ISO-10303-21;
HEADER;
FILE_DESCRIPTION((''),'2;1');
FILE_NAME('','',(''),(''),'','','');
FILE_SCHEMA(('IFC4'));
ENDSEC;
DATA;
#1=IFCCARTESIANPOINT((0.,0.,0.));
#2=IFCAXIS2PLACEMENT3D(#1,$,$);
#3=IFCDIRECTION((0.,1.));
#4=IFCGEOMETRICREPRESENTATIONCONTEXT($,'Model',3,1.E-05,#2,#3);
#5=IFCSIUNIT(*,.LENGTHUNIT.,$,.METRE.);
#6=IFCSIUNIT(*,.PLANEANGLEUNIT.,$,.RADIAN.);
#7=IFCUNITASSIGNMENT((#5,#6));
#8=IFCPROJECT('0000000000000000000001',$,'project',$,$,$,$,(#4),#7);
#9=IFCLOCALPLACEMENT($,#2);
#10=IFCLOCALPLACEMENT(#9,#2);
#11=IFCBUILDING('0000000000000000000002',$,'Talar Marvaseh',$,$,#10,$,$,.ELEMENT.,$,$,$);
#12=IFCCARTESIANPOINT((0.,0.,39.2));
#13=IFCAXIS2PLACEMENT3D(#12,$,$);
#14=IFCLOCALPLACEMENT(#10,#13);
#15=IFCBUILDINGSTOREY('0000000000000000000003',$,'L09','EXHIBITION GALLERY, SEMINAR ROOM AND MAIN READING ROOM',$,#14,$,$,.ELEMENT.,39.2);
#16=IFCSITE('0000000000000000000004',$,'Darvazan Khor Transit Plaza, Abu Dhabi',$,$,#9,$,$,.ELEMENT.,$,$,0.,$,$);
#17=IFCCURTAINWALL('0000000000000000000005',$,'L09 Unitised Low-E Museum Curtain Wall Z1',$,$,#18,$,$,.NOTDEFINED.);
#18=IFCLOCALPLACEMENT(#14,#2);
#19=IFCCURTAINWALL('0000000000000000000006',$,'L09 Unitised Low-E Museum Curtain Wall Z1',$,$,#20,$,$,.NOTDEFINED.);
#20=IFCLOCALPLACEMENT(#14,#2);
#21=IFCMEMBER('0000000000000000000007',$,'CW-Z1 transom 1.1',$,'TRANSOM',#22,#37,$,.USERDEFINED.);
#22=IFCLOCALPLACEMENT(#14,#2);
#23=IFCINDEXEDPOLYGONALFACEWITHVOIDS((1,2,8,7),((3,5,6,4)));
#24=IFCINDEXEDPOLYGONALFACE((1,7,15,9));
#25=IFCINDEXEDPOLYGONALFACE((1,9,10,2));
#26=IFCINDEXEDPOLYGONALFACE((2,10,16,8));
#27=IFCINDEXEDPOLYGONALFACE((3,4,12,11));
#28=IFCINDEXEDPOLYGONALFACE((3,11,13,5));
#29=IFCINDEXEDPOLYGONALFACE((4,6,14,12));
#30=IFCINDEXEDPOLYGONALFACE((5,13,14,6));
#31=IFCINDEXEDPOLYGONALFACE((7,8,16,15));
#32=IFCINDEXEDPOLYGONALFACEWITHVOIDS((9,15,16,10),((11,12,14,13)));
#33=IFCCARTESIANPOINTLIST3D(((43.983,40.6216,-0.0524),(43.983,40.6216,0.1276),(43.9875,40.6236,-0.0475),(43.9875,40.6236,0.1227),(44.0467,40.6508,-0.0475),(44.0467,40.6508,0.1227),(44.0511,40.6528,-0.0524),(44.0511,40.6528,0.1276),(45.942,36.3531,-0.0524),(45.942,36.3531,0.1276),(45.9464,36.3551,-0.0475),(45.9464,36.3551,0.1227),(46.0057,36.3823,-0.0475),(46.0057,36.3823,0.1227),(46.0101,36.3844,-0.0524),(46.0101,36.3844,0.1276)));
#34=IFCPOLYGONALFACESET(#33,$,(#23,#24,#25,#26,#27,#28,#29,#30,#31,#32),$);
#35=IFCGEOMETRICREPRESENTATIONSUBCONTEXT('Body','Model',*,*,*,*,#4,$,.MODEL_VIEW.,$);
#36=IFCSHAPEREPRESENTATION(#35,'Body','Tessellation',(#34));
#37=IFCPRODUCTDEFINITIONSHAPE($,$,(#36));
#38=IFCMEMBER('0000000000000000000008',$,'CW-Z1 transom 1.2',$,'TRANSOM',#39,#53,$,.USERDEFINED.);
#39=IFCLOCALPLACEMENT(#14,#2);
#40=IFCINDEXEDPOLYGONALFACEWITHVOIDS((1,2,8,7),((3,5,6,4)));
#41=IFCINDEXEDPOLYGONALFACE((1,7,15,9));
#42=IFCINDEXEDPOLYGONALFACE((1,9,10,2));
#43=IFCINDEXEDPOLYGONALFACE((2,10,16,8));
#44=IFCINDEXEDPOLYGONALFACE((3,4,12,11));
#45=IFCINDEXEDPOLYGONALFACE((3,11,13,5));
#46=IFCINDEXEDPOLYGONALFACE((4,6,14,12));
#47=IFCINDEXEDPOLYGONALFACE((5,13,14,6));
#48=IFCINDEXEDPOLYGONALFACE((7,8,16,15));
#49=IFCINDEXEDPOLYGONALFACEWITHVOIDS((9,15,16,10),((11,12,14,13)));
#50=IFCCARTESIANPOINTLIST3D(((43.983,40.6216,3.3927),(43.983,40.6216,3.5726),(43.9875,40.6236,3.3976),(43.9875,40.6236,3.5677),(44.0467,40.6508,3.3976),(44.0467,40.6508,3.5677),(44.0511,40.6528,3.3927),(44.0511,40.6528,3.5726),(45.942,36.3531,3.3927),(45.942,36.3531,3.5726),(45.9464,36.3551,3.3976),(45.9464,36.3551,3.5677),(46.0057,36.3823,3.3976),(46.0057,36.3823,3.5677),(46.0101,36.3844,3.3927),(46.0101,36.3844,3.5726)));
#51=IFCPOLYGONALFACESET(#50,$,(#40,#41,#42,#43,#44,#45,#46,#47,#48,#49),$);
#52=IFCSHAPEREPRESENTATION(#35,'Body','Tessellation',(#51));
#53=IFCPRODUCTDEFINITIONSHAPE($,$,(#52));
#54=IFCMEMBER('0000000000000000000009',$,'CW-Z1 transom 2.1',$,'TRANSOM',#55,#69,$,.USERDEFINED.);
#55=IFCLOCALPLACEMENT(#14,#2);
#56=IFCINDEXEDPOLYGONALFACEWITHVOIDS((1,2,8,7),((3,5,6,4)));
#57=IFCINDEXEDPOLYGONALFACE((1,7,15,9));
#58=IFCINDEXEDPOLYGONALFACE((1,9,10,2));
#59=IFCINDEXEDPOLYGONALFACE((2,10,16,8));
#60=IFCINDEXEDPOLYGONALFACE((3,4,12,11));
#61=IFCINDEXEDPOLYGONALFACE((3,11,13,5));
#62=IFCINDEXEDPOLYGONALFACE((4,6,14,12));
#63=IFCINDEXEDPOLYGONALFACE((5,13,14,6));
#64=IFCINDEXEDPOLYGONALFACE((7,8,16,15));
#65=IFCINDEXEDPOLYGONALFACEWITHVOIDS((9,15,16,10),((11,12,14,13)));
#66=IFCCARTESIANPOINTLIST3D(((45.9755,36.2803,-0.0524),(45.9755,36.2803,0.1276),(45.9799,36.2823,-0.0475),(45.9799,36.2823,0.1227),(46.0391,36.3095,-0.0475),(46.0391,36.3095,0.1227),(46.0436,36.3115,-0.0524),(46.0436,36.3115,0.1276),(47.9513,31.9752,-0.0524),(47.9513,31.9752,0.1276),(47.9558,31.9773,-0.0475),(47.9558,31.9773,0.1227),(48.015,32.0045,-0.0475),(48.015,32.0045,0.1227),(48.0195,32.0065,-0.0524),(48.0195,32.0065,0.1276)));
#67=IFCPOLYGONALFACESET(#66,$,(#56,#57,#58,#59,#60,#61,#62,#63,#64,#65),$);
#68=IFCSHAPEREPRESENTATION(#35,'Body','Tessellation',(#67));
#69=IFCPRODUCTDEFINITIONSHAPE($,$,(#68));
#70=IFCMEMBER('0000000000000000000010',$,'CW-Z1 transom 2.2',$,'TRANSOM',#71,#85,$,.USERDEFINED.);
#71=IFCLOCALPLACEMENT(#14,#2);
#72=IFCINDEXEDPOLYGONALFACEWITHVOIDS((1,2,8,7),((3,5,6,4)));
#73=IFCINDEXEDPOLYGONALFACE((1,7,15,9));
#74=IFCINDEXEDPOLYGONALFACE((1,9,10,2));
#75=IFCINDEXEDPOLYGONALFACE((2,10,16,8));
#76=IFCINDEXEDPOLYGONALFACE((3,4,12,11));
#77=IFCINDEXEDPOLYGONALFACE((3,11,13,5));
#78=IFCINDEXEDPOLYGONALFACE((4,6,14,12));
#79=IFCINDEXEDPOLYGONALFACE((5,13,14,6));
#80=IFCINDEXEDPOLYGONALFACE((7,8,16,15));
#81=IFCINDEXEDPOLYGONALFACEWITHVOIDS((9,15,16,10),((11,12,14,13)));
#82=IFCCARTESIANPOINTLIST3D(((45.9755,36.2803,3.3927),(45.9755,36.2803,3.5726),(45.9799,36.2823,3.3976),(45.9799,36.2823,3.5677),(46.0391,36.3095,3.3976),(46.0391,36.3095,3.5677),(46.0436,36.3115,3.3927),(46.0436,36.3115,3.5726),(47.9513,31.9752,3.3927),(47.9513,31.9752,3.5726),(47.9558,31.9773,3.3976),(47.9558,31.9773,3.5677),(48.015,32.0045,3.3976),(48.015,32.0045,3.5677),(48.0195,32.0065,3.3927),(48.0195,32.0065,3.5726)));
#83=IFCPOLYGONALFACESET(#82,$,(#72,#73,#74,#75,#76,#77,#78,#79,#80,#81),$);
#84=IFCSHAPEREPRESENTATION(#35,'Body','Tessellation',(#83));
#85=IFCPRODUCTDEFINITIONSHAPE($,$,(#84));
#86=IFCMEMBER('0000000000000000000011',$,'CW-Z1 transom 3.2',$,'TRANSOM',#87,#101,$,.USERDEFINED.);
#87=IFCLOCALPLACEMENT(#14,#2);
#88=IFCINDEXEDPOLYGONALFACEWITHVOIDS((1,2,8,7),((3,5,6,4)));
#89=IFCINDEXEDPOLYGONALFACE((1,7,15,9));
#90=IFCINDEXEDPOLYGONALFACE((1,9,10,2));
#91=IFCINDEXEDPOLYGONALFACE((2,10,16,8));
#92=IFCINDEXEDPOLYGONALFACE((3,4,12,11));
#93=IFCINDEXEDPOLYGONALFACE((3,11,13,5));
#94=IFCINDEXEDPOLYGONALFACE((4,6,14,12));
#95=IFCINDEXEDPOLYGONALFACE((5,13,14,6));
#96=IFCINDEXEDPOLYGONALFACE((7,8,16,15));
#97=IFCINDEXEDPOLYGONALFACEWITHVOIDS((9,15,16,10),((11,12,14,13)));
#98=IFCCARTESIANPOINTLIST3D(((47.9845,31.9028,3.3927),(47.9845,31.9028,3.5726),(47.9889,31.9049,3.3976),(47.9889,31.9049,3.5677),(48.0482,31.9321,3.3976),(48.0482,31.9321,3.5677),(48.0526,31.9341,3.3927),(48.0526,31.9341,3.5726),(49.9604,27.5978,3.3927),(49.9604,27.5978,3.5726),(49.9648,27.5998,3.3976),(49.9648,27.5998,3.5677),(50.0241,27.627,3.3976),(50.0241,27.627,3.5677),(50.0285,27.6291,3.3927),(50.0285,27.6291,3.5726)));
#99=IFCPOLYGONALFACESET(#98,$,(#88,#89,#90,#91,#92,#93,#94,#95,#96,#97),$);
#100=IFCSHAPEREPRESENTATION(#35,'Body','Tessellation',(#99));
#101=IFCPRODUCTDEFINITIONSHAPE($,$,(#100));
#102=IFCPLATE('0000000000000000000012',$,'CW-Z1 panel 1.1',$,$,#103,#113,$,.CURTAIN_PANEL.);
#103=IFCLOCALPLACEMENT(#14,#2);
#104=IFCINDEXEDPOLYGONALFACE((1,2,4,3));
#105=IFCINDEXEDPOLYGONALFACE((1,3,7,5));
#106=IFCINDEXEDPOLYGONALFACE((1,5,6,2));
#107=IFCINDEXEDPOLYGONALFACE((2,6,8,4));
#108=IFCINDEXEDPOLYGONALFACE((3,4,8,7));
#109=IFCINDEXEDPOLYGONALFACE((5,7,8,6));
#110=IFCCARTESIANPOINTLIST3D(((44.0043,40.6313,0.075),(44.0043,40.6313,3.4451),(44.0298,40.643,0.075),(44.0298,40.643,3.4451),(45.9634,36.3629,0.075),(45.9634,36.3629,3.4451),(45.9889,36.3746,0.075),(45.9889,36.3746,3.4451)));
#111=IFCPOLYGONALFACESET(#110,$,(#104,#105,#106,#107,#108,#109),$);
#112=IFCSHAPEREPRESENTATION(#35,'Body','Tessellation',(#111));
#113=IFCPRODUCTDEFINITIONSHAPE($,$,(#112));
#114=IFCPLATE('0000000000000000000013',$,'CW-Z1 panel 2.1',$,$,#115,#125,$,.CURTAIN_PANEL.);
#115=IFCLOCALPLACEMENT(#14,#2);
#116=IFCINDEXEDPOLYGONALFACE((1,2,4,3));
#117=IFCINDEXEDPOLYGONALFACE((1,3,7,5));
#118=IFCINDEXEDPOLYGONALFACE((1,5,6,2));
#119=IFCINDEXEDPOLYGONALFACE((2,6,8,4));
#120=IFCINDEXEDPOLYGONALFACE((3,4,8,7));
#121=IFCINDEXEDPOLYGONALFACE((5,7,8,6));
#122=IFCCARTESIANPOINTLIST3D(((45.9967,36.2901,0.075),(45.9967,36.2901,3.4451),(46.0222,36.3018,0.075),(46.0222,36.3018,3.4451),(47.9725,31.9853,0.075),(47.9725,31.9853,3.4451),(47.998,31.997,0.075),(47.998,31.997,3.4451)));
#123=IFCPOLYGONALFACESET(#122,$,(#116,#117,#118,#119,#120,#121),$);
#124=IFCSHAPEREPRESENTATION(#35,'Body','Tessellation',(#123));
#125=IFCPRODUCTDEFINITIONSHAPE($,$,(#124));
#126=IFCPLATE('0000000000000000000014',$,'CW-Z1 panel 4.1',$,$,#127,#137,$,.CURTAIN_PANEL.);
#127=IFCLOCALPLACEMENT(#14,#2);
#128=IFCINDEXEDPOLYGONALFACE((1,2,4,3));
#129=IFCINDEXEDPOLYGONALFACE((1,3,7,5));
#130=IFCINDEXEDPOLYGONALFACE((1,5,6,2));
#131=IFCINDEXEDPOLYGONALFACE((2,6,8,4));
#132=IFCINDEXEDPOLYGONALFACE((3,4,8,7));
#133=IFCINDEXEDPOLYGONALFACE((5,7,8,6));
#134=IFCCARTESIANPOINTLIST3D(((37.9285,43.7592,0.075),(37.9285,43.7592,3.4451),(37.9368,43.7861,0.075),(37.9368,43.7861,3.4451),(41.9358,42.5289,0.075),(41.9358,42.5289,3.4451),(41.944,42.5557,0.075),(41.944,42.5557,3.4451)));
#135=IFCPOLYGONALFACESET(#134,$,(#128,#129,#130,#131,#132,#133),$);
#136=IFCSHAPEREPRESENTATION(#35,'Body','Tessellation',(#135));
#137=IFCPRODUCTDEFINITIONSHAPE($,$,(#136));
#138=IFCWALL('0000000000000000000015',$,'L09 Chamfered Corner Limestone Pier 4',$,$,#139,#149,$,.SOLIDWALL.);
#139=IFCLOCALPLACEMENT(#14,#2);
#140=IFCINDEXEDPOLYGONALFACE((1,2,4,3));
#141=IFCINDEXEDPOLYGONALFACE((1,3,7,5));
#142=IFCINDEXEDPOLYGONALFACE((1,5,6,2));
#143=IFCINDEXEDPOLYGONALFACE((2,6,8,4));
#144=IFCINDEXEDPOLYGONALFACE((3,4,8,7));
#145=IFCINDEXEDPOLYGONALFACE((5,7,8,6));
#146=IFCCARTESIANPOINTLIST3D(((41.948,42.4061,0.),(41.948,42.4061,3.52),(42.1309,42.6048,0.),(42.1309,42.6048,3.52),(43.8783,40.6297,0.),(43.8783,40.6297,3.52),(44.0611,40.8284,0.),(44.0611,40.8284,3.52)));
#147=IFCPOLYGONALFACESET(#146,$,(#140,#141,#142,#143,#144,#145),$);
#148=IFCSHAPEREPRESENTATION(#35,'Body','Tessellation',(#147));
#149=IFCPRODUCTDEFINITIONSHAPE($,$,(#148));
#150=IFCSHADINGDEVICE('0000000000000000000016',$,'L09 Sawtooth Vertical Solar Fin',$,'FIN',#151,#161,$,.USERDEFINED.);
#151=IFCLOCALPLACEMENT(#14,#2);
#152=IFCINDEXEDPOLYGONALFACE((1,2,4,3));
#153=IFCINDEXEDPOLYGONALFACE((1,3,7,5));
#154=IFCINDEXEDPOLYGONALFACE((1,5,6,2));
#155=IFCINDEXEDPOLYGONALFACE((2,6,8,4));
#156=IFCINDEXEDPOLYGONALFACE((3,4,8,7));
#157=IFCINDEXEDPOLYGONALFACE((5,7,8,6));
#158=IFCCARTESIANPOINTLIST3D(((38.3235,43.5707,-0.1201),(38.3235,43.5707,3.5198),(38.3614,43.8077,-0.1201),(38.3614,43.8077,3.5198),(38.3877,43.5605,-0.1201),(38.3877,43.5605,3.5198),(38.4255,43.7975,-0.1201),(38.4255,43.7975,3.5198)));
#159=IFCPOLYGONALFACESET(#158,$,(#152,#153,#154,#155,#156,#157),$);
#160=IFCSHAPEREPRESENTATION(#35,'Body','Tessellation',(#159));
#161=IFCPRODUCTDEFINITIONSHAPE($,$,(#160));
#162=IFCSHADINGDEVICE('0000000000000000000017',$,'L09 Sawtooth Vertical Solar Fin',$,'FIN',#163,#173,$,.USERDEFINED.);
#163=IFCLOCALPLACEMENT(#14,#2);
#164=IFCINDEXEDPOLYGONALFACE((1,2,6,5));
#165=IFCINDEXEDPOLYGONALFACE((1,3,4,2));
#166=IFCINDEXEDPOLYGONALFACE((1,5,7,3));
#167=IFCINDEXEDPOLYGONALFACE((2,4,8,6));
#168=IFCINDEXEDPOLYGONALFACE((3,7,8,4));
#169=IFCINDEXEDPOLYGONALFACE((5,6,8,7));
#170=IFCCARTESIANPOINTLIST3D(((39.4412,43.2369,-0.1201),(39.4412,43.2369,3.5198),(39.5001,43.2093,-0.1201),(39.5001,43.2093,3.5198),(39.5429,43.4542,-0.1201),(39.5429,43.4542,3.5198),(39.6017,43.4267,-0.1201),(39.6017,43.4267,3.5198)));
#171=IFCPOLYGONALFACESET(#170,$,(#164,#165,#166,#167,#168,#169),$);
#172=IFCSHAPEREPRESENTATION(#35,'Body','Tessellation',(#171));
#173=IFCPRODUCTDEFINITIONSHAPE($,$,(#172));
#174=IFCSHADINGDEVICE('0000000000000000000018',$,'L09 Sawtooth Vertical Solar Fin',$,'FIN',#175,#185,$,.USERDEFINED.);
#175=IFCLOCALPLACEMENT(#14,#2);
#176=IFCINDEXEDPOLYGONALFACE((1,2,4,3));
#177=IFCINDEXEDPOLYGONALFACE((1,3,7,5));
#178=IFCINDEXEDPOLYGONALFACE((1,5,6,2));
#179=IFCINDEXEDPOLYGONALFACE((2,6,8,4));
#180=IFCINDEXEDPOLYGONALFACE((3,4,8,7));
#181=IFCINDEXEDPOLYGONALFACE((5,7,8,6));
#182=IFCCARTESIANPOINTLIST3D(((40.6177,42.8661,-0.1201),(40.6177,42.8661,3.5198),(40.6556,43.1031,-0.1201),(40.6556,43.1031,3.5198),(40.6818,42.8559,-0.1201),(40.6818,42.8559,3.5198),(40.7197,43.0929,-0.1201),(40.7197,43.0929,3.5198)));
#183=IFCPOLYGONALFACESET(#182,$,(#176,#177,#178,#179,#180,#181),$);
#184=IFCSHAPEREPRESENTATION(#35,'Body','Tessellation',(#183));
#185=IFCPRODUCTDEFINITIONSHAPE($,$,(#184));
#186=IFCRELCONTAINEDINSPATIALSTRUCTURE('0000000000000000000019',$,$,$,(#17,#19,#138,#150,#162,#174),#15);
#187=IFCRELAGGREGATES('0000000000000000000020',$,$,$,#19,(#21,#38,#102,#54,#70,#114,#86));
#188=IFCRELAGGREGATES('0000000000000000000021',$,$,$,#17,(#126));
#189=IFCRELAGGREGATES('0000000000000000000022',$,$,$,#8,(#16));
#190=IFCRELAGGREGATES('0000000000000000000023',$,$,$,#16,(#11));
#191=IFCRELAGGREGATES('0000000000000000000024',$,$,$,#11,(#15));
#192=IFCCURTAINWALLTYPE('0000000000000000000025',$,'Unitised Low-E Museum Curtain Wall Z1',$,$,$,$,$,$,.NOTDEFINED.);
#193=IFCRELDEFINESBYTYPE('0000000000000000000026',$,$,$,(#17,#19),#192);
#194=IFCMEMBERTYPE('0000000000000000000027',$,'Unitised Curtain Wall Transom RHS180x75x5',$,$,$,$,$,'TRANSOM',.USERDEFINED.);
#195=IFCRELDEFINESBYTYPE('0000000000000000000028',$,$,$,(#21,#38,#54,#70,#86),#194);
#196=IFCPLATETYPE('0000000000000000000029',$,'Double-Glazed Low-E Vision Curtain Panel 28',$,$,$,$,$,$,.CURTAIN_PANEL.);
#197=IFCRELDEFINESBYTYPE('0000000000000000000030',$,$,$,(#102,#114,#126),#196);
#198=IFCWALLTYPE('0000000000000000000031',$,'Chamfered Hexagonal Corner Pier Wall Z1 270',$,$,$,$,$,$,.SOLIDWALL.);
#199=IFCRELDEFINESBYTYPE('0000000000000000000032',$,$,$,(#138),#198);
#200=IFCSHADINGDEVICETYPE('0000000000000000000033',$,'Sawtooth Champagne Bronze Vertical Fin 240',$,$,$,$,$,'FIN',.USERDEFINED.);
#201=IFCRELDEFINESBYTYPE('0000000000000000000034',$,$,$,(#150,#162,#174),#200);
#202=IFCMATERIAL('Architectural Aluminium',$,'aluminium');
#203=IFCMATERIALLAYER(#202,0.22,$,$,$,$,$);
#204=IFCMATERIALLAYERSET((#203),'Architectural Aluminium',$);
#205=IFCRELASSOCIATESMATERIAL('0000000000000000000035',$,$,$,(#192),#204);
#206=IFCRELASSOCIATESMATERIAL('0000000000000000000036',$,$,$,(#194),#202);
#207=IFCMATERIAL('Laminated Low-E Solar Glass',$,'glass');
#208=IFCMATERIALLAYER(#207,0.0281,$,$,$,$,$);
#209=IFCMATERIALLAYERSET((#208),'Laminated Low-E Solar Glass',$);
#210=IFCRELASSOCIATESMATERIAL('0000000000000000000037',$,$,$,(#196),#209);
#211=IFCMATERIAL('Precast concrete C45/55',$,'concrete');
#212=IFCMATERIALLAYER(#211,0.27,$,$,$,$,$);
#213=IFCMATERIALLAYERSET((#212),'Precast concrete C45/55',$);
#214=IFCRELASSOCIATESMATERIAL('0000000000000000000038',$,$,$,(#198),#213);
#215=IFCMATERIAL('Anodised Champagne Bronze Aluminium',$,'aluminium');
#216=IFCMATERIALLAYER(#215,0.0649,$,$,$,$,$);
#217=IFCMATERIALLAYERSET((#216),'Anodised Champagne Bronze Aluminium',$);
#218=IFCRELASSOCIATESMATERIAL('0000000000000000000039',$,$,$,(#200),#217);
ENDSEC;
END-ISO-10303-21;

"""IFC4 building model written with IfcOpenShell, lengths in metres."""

from ifc_helpers import new_model, si_unit, direction, frame, frame_2d, origin, origin_2d, place, context, subcontext, project, spatial, rectangle, hollow_rectangle, extrude, source, transform, mapped, material, layer, layer_set, material_profile, profile_set, type_object, type_shapes, element, aggregate, save


model = new_model("IFC4")

# Units and contexts
model_context = context("Model", 3, precision=1e-05, world=origin(), true_north=direction((0.0, 1.0)))
body_context = subcontext(model_context, "Body", "Model", "MODEL_VIEW")
ifc_project = project(units=[si_unit("LENGTHUNIT", "METRE"), si_unit("PLANEANGLEUNIT", "RADIAN")], contexts=[model_context])

# Site, building, storey
site_placement = place(None, origin())
site = spatial("IfcSite", under=ifc_project, at=site_placement, Name="Darvazan Khor Transit Plaza, Abu Dhabi", CompositionType="ELEMENT", RefElevation=0.0)
building_placement = place(site_placement, origin())
building = spatial("IfcBuilding", under=site, at=building_placement, Name="Talar Marvaseh", CompositionType="ELEMENT")
storey_placement = place(building_placement, frame((0.0, 0.0, 39.2)))
storey = spatial("IfcBuildingStorey", under=building, at=storey_placement, Name="L09", Description="EXHIBITION GALLERY, SEMINAR ROOM AND MAIN READING ROOM", CompositionType="ELEMENT", Elevation=39.2)

# Curtain wall
ifc_material_1 = material(Name="Architectural Aluminium", Category="aluminium")
ifc_layer_1 = layer(ifc_material_1, 0.22)
ifc_layer_set_1 = layer_set([ifc_layer_1], Name="Architectural Aluminium")
curtain_wall_type = type_object("IfcCurtainWallType", Name="Unitised Low-E Museum Curtain Wall Z1", PredefinedType="NOTDEFINED", material=ifc_layer_set_1)
curtain_wall_1_placement = place(storey_placement, origin())
curtain_wall_1 = element("IfcCurtainWall", 1, at=curtain_wall_1_placement, inside=storey, type_object=curtain_wall_type, Name="L09 Unitised Low-E Museum Curtain Wall Z1", PredefinedType="NOTDEFINED")

# Curtain wall, members, plates
curtain_wall_2_placement = place(storey_placement, origin())
curtain_wall_2 = element("IfcCurtainWall", 2, at=curtain_wall_2_placement, inside=storey, type_object=curtain_wall_type, Name="L09 Unitised Low-E Museum Curtain Wall Z1", PredefinedType="NOTDEFINED")
ifc_material_profile_1 = material_profile(ifc_material_1, hollow_rectangle(XDim=0.075, YDim=0.1799, WallThickness=0.0049, at=origin_2d()), Name="RHS180x75x5")
ifc_profile_set_1 = profile_set([ifc_material_profile_1], Name="Architectural Aluminium")
member_type_1 = type_object("IfcMemberType", Name="Unitised Curtain Wall Transom RHS180x75x5", ElementType="TRANSOM", PredefinedType="USERDEFINED", material=ifc_profile_set_1)
shared_shape_1 = source(origin(), body_context, "Body", "SweptSolid", [
    extrude(hollow_rectangle(XDim=0.075, YDim=0.1799, WallThickness=0.0049, at=origin_2d()), origin(), (0.0, 0.0, 1.0), 4.6965),
])
member_1_placement = place(storey_placement, frame((44.0171, 40.6372, 0.0376), z_axis=(0.417106, -0.908858, 0.0), x_axis=(0.908858, 0.417106, 0.0)))
member_1 = element("IfcMember", 3, at=member_1_placement, type_object=member_type_1, Name="CW-Z1 transom 1.1", ObjectType="TRANSOM", PredefinedType="USERDEFINED", context=body_context, shape_type="MappedRepresentation", body=[
    mapped(shared_shape_1, transform((0.0, 0.0, 0.0), x_axis=(1.0, 0.0, 0.0), y_axis=(0.0, 1.0, 0.0), z_axis=(0.0, 0.0, 1.0), scale=1.0)),
])
member_2_placement = place(storey_placement, frame((44.0171, 40.6372, 3.4827), z_axis=(0.417106, -0.908858, 0.0), x_axis=(0.908858, 0.417106, 0.0)))
member_2 = element("IfcMember", 4, at=member_2_placement, type_object=member_type_1, Name="CW-Z1 transom 1.2", ObjectType="TRANSOM", PredefinedType="USERDEFINED", context=body_context, shape_type="MappedRepresentation", body=[
    mapped(shared_shape_1, transform((0.0, 0.0, 0.0), x_axis=(1.0, 0.0, 0.0), y_axis=(0.0, 1.0, 0.0), z_axis=(0.0, 0.0, 1.0), scale=1.0)),
])
shared_shape_2 = source(origin(), body_context, "Body", "SweptSolid", [
    extrude(hollow_rectangle(XDim=0.075, YDim=0.1799, WallThickness=0.0049, at=origin_2d()), origin(), (0.0, 0.0, 1.0), 4.7368),
])
type_shapes(member_type_1, [shared_shape_1, shared_shape_2])
member_3_placement = place(storey_placement, frame((46.0095, 36.2959, 0.0376), z_axis=(0.417132, -0.908846, 0.0), x_axis=(0.908846, 0.417132, 0.0)))
member_3 = element("IfcMember", 5, at=member_3_placement, type_object=member_type_1, Name="CW-Z1 transom 2.1", ObjectType="TRANSOM", PredefinedType="USERDEFINED", context=body_context, shape_type="MappedRepresentation", body=[
    mapped(shared_shape_2, transform((0.0, 0.0, 0.0), x_axis=(1.0, 0.0, 0.0), y_axis=(0.0, 1.0, 0.0), z_axis=(0.0, 0.0, 1.0), scale=1.0)),
])
member_4_placement = place(storey_placement, frame((46.0095, 36.2959, 3.4827), z_axis=(0.417132, -0.908846, 0.0), x_axis=(0.908846, 0.417132, 0.0)))
member_4 = element("IfcMember", 6, at=member_4_placement, type_object=member_type_1, Name="CW-Z1 transom 2.2", ObjectType="TRANSOM", PredefinedType="USERDEFINED", context=body_context, shape_type="MappedRepresentation", body=[
    mapped(shared_shape_2, transform((0.0, 0.0, 0.0), x_axis=(1.0, 0.0, 0.0), y_axis=(0.0, 1.0, 0.0), z_axis=(0.0, 0.0, 1.0), scale=1.0)),
])
member_5_placement = place(storey_placement, frame((48.0186, 31.9185, 3.4827), z_axis=(0.417132, -0.908846, 0.0), x_axis=(0.908846, 0.417132, 0.0)))
member_5 = element("IfcMember", 7, at=member_5_placement, type_object=member_type_1, Name="CW-Z1 transom 3.2", ObjectType="TRANSOM", PredefinedType="USERDEFINED", context=body_context, shape_type="MappedRepresentation", body=[
    mapped(shared_shape_2, transform((0.0, 0.0, 0.0), x_axis=(1.0, 0.0, 0.0), y_axis=(0.0, 1.0, 0.0), z_axis=(0.0, 0.0, 1.0), scale=1.0)),
])
ifc_material_2 = material(Name="Laminated Low-E Solar Glass", Category="glass")
ifc_layer_2 = layer(ifc_material_2, 0.0281)
ifc_layer_set_2 = layer_set([ifc_layer_2], Name="Laminated Low-E Solar Glass")
plate_type = type_object("IfcPlateType", Name="Double-Glazed Low-E Vision Curtain Panel 28", PredefinedType="CURTAIN_PANEL", material=ifc_layer_set_2)
shared_shape_3 = source(origin(), body_context, "Body", "SweptSolid", [
    extrude(rectangle(XDim=4.6965, YDim=0.0281, at=origin_2d()), origin(), (0.0, 0.0, 1.0), 3.3701),
])
plate_1_placement = place(storey_placement, frame((44.9966, 38.5029, 0.075), z_axis=(0.0, 0.0, 1.0), x_axis=(0.417135, -0.908845, 0.0)))
plate_1 = element("IfcPlate", 8, at=plate_1_placement, type_object=plate_type, Name="CW-Z1 panel 1.1", PredefinedType="CURTAIN_PANEL", context=body_context, shape_type="MappedRepresentation", body=[
    mapped(shared_shape_3, transform((0.0, 0.0, 0.0), x_axis=(1.0, 0.0, 0.0), y_axis=(0.0, 1.0, 0.0), z_axis=(0.0, 0.0, 1.0), scale=1.0)),
])
shared_shape_4 = source(origin(), body_context, "Body", "SweptSolid", [
    extrude(rectangle(XDim=4.7366, YDim=0.0281, at=origin_2d()), origin(), (0.0, 0.0, 1.0), 3.3701),
])
plate_2_placement = place(storey_placement, frame((46.9973, 34.1436, 0.075), z_axis=(0.0, 0.0, 1.0), x_axis=(0.417135, -0.908845, 0.0)))
plate_2 = element("IfcPlate", 9, at=plate_2_placement, type_object=plate_type, Name="CW-Z1 panel 2.1", PredefinedType="CURTAIN_PANEL", context=body_context, shape_type="MappedRepresentation", body=[
    mapped(shared_shape_4, transform((0.0, 0.0, 0.0), x_axis=(1.0, 0.0, 0.0), y_axis=(0.0, 1.0, 0.0), z_axis=(0.0, 0.0, 1.0), scale=1.0)),
])
aggregate(curtain_wall_2, [member_1, member_2, plate_1, member_3, member_4, plate_2, member_5])

# Plate
shared_shape_5 = source(origin(), body_context, "Body", "SweptSolid", [
    extrude(rectangle(XDim=4.1919, YDim=0.0281, at=origin_2d()), origin(), (0.0, 0.0, 1.0), 3.3701),
])
type_shapes(plate_type, [shared_shape_3, shared_shape_4, shared_shape_5])
plate_3_placement = place(storey_placement, frame((39.9363, 43.1575, 0.075), z_axis=(0.0, 0.0, 1.0), x_axis=(0.955956, -0.293508, 0.0)))
plate_3 = element("IfcPlate", 10, at=plate_3_placement, type_object=plate_type, Name="CW-Z1 panel 4.1", PredefinedType="CURTAIN_PANEL", context=body_context, shape_type="MappedRepresentation", body=[
    mapped(shared_shape_5, transform((0.0, 0.0, 0.0), x_axis=(1.0, 0.0, 0.0), y_axis=(0.0, 1.0, 0.0), z_axis=(0.0, 0.0, 1.0), scale=1.0)),
])
aggregate(curtain_wall_1, [plate_3])

# Wall
ifc_material_3 = material(Name="Precast concrete C45/55", Category="concrete")
ifc_layer_3 = layer(ifc_material_3, 0.27)
ifc_layer_set_3 = layer_set([ifc_layer_3], Name="Precast concrete C45/55")
wall_type = type_object("IfcWallType", Name="Chamfered Hexagonal Corner Pier Wall Z1 270", PredefinedType="SOLIDWALL", material=ifc_layer_set_3)
wall_placement = place(storey_placement, frame((42.0396, 42.5054, 0.0), z_axis=(0.0, 0.0, 1.0), x_axis=(0.735816, -0.677182, 0.0)))
element("IfcWall", 11, at=wall_placement, inside=storey, type_object=wall_type, Name="L09 Chamfered Corner Limestone Pier 4", PredefinedType="SOLIDWALL", context=body_context, shape_type="SweptSolid", body=[
    extrude(rectangle(XDim=2.6233, YDim=0.27, at=frame_2d((1.3115, 0.0))), origin(), (0.0, 0.0, 1.0), 3.52),
])

# Shading devices
ifc_material_4 = material(Name="Anodised Champagne Bronze Aluminium", Category="aluminium")
ifc_layer_4 = layer(ifc_material_4, 0.0649)
ifc_layer_set_4 = layer_set([ifc_layer_4], Name="Anodised Champagne Bronze Aluminium")
shading_device_type = type_object("IfcShadingDeviceType", Name="Sawtooth Champagne Bronze Vertical Fin 240", ElementType="FIN", PredefinedType="USERDEFINED", material=ifc_layer_set_4)
shared_shape_6 = source(origin(), body_context, "Body", "SweptSolid", [
    extrude(rectangle(XDim=0.24, YDim=0.0649, at=origin_2d()), origin(), (0.0, 0.0, 1.0), 3.6399),
])
type_shapes(shading_device_type, [shared_shape_6])
for number, where, z_axis, x_axis, name in (
    (12, (38.3745, 43.6841, -0.1201), (0.0, 0.0, 1.0), (0.157641, 0.987496, 0.0), "L09 Sawtooth Vertical Solar Fin"),
    (13, (39.5215, 43.3318, -0.1201), (0.0, 0.0, 1.0), (0.423725, 0.905791, 0.0), "L09 Sawtooth Vertical Solar Fin"),
    (14, (40.6687, 42.9795, -0.1201), (0.0, 0.0, 1.0), (0.157641, 0.987496, 0.0), "L09 Sawtooth Vertical Solar Fin"),
):
    element("IfcShadingDevice", number, at=place(storey_placement, frame(where, z_axis=z_axis, x_axis=x_axis)), inside=storey, type_object=shading_device_type, Name=name, ObjectType="FIN", PredefinedType="USERDEFINED", context=body_context, shape_type="MappedRepresentation", body=[
        mapped(shared_shape_6, transform((0.0, 0.0, 0.0), x_axis=(1.0, 0.0, 0.0), y_axis=(0.0, 1.0, 0.0), z_axis=(0.0, 0.0, 1.0), scale=1.0)),
    ])

save(model, "model.ifc")
